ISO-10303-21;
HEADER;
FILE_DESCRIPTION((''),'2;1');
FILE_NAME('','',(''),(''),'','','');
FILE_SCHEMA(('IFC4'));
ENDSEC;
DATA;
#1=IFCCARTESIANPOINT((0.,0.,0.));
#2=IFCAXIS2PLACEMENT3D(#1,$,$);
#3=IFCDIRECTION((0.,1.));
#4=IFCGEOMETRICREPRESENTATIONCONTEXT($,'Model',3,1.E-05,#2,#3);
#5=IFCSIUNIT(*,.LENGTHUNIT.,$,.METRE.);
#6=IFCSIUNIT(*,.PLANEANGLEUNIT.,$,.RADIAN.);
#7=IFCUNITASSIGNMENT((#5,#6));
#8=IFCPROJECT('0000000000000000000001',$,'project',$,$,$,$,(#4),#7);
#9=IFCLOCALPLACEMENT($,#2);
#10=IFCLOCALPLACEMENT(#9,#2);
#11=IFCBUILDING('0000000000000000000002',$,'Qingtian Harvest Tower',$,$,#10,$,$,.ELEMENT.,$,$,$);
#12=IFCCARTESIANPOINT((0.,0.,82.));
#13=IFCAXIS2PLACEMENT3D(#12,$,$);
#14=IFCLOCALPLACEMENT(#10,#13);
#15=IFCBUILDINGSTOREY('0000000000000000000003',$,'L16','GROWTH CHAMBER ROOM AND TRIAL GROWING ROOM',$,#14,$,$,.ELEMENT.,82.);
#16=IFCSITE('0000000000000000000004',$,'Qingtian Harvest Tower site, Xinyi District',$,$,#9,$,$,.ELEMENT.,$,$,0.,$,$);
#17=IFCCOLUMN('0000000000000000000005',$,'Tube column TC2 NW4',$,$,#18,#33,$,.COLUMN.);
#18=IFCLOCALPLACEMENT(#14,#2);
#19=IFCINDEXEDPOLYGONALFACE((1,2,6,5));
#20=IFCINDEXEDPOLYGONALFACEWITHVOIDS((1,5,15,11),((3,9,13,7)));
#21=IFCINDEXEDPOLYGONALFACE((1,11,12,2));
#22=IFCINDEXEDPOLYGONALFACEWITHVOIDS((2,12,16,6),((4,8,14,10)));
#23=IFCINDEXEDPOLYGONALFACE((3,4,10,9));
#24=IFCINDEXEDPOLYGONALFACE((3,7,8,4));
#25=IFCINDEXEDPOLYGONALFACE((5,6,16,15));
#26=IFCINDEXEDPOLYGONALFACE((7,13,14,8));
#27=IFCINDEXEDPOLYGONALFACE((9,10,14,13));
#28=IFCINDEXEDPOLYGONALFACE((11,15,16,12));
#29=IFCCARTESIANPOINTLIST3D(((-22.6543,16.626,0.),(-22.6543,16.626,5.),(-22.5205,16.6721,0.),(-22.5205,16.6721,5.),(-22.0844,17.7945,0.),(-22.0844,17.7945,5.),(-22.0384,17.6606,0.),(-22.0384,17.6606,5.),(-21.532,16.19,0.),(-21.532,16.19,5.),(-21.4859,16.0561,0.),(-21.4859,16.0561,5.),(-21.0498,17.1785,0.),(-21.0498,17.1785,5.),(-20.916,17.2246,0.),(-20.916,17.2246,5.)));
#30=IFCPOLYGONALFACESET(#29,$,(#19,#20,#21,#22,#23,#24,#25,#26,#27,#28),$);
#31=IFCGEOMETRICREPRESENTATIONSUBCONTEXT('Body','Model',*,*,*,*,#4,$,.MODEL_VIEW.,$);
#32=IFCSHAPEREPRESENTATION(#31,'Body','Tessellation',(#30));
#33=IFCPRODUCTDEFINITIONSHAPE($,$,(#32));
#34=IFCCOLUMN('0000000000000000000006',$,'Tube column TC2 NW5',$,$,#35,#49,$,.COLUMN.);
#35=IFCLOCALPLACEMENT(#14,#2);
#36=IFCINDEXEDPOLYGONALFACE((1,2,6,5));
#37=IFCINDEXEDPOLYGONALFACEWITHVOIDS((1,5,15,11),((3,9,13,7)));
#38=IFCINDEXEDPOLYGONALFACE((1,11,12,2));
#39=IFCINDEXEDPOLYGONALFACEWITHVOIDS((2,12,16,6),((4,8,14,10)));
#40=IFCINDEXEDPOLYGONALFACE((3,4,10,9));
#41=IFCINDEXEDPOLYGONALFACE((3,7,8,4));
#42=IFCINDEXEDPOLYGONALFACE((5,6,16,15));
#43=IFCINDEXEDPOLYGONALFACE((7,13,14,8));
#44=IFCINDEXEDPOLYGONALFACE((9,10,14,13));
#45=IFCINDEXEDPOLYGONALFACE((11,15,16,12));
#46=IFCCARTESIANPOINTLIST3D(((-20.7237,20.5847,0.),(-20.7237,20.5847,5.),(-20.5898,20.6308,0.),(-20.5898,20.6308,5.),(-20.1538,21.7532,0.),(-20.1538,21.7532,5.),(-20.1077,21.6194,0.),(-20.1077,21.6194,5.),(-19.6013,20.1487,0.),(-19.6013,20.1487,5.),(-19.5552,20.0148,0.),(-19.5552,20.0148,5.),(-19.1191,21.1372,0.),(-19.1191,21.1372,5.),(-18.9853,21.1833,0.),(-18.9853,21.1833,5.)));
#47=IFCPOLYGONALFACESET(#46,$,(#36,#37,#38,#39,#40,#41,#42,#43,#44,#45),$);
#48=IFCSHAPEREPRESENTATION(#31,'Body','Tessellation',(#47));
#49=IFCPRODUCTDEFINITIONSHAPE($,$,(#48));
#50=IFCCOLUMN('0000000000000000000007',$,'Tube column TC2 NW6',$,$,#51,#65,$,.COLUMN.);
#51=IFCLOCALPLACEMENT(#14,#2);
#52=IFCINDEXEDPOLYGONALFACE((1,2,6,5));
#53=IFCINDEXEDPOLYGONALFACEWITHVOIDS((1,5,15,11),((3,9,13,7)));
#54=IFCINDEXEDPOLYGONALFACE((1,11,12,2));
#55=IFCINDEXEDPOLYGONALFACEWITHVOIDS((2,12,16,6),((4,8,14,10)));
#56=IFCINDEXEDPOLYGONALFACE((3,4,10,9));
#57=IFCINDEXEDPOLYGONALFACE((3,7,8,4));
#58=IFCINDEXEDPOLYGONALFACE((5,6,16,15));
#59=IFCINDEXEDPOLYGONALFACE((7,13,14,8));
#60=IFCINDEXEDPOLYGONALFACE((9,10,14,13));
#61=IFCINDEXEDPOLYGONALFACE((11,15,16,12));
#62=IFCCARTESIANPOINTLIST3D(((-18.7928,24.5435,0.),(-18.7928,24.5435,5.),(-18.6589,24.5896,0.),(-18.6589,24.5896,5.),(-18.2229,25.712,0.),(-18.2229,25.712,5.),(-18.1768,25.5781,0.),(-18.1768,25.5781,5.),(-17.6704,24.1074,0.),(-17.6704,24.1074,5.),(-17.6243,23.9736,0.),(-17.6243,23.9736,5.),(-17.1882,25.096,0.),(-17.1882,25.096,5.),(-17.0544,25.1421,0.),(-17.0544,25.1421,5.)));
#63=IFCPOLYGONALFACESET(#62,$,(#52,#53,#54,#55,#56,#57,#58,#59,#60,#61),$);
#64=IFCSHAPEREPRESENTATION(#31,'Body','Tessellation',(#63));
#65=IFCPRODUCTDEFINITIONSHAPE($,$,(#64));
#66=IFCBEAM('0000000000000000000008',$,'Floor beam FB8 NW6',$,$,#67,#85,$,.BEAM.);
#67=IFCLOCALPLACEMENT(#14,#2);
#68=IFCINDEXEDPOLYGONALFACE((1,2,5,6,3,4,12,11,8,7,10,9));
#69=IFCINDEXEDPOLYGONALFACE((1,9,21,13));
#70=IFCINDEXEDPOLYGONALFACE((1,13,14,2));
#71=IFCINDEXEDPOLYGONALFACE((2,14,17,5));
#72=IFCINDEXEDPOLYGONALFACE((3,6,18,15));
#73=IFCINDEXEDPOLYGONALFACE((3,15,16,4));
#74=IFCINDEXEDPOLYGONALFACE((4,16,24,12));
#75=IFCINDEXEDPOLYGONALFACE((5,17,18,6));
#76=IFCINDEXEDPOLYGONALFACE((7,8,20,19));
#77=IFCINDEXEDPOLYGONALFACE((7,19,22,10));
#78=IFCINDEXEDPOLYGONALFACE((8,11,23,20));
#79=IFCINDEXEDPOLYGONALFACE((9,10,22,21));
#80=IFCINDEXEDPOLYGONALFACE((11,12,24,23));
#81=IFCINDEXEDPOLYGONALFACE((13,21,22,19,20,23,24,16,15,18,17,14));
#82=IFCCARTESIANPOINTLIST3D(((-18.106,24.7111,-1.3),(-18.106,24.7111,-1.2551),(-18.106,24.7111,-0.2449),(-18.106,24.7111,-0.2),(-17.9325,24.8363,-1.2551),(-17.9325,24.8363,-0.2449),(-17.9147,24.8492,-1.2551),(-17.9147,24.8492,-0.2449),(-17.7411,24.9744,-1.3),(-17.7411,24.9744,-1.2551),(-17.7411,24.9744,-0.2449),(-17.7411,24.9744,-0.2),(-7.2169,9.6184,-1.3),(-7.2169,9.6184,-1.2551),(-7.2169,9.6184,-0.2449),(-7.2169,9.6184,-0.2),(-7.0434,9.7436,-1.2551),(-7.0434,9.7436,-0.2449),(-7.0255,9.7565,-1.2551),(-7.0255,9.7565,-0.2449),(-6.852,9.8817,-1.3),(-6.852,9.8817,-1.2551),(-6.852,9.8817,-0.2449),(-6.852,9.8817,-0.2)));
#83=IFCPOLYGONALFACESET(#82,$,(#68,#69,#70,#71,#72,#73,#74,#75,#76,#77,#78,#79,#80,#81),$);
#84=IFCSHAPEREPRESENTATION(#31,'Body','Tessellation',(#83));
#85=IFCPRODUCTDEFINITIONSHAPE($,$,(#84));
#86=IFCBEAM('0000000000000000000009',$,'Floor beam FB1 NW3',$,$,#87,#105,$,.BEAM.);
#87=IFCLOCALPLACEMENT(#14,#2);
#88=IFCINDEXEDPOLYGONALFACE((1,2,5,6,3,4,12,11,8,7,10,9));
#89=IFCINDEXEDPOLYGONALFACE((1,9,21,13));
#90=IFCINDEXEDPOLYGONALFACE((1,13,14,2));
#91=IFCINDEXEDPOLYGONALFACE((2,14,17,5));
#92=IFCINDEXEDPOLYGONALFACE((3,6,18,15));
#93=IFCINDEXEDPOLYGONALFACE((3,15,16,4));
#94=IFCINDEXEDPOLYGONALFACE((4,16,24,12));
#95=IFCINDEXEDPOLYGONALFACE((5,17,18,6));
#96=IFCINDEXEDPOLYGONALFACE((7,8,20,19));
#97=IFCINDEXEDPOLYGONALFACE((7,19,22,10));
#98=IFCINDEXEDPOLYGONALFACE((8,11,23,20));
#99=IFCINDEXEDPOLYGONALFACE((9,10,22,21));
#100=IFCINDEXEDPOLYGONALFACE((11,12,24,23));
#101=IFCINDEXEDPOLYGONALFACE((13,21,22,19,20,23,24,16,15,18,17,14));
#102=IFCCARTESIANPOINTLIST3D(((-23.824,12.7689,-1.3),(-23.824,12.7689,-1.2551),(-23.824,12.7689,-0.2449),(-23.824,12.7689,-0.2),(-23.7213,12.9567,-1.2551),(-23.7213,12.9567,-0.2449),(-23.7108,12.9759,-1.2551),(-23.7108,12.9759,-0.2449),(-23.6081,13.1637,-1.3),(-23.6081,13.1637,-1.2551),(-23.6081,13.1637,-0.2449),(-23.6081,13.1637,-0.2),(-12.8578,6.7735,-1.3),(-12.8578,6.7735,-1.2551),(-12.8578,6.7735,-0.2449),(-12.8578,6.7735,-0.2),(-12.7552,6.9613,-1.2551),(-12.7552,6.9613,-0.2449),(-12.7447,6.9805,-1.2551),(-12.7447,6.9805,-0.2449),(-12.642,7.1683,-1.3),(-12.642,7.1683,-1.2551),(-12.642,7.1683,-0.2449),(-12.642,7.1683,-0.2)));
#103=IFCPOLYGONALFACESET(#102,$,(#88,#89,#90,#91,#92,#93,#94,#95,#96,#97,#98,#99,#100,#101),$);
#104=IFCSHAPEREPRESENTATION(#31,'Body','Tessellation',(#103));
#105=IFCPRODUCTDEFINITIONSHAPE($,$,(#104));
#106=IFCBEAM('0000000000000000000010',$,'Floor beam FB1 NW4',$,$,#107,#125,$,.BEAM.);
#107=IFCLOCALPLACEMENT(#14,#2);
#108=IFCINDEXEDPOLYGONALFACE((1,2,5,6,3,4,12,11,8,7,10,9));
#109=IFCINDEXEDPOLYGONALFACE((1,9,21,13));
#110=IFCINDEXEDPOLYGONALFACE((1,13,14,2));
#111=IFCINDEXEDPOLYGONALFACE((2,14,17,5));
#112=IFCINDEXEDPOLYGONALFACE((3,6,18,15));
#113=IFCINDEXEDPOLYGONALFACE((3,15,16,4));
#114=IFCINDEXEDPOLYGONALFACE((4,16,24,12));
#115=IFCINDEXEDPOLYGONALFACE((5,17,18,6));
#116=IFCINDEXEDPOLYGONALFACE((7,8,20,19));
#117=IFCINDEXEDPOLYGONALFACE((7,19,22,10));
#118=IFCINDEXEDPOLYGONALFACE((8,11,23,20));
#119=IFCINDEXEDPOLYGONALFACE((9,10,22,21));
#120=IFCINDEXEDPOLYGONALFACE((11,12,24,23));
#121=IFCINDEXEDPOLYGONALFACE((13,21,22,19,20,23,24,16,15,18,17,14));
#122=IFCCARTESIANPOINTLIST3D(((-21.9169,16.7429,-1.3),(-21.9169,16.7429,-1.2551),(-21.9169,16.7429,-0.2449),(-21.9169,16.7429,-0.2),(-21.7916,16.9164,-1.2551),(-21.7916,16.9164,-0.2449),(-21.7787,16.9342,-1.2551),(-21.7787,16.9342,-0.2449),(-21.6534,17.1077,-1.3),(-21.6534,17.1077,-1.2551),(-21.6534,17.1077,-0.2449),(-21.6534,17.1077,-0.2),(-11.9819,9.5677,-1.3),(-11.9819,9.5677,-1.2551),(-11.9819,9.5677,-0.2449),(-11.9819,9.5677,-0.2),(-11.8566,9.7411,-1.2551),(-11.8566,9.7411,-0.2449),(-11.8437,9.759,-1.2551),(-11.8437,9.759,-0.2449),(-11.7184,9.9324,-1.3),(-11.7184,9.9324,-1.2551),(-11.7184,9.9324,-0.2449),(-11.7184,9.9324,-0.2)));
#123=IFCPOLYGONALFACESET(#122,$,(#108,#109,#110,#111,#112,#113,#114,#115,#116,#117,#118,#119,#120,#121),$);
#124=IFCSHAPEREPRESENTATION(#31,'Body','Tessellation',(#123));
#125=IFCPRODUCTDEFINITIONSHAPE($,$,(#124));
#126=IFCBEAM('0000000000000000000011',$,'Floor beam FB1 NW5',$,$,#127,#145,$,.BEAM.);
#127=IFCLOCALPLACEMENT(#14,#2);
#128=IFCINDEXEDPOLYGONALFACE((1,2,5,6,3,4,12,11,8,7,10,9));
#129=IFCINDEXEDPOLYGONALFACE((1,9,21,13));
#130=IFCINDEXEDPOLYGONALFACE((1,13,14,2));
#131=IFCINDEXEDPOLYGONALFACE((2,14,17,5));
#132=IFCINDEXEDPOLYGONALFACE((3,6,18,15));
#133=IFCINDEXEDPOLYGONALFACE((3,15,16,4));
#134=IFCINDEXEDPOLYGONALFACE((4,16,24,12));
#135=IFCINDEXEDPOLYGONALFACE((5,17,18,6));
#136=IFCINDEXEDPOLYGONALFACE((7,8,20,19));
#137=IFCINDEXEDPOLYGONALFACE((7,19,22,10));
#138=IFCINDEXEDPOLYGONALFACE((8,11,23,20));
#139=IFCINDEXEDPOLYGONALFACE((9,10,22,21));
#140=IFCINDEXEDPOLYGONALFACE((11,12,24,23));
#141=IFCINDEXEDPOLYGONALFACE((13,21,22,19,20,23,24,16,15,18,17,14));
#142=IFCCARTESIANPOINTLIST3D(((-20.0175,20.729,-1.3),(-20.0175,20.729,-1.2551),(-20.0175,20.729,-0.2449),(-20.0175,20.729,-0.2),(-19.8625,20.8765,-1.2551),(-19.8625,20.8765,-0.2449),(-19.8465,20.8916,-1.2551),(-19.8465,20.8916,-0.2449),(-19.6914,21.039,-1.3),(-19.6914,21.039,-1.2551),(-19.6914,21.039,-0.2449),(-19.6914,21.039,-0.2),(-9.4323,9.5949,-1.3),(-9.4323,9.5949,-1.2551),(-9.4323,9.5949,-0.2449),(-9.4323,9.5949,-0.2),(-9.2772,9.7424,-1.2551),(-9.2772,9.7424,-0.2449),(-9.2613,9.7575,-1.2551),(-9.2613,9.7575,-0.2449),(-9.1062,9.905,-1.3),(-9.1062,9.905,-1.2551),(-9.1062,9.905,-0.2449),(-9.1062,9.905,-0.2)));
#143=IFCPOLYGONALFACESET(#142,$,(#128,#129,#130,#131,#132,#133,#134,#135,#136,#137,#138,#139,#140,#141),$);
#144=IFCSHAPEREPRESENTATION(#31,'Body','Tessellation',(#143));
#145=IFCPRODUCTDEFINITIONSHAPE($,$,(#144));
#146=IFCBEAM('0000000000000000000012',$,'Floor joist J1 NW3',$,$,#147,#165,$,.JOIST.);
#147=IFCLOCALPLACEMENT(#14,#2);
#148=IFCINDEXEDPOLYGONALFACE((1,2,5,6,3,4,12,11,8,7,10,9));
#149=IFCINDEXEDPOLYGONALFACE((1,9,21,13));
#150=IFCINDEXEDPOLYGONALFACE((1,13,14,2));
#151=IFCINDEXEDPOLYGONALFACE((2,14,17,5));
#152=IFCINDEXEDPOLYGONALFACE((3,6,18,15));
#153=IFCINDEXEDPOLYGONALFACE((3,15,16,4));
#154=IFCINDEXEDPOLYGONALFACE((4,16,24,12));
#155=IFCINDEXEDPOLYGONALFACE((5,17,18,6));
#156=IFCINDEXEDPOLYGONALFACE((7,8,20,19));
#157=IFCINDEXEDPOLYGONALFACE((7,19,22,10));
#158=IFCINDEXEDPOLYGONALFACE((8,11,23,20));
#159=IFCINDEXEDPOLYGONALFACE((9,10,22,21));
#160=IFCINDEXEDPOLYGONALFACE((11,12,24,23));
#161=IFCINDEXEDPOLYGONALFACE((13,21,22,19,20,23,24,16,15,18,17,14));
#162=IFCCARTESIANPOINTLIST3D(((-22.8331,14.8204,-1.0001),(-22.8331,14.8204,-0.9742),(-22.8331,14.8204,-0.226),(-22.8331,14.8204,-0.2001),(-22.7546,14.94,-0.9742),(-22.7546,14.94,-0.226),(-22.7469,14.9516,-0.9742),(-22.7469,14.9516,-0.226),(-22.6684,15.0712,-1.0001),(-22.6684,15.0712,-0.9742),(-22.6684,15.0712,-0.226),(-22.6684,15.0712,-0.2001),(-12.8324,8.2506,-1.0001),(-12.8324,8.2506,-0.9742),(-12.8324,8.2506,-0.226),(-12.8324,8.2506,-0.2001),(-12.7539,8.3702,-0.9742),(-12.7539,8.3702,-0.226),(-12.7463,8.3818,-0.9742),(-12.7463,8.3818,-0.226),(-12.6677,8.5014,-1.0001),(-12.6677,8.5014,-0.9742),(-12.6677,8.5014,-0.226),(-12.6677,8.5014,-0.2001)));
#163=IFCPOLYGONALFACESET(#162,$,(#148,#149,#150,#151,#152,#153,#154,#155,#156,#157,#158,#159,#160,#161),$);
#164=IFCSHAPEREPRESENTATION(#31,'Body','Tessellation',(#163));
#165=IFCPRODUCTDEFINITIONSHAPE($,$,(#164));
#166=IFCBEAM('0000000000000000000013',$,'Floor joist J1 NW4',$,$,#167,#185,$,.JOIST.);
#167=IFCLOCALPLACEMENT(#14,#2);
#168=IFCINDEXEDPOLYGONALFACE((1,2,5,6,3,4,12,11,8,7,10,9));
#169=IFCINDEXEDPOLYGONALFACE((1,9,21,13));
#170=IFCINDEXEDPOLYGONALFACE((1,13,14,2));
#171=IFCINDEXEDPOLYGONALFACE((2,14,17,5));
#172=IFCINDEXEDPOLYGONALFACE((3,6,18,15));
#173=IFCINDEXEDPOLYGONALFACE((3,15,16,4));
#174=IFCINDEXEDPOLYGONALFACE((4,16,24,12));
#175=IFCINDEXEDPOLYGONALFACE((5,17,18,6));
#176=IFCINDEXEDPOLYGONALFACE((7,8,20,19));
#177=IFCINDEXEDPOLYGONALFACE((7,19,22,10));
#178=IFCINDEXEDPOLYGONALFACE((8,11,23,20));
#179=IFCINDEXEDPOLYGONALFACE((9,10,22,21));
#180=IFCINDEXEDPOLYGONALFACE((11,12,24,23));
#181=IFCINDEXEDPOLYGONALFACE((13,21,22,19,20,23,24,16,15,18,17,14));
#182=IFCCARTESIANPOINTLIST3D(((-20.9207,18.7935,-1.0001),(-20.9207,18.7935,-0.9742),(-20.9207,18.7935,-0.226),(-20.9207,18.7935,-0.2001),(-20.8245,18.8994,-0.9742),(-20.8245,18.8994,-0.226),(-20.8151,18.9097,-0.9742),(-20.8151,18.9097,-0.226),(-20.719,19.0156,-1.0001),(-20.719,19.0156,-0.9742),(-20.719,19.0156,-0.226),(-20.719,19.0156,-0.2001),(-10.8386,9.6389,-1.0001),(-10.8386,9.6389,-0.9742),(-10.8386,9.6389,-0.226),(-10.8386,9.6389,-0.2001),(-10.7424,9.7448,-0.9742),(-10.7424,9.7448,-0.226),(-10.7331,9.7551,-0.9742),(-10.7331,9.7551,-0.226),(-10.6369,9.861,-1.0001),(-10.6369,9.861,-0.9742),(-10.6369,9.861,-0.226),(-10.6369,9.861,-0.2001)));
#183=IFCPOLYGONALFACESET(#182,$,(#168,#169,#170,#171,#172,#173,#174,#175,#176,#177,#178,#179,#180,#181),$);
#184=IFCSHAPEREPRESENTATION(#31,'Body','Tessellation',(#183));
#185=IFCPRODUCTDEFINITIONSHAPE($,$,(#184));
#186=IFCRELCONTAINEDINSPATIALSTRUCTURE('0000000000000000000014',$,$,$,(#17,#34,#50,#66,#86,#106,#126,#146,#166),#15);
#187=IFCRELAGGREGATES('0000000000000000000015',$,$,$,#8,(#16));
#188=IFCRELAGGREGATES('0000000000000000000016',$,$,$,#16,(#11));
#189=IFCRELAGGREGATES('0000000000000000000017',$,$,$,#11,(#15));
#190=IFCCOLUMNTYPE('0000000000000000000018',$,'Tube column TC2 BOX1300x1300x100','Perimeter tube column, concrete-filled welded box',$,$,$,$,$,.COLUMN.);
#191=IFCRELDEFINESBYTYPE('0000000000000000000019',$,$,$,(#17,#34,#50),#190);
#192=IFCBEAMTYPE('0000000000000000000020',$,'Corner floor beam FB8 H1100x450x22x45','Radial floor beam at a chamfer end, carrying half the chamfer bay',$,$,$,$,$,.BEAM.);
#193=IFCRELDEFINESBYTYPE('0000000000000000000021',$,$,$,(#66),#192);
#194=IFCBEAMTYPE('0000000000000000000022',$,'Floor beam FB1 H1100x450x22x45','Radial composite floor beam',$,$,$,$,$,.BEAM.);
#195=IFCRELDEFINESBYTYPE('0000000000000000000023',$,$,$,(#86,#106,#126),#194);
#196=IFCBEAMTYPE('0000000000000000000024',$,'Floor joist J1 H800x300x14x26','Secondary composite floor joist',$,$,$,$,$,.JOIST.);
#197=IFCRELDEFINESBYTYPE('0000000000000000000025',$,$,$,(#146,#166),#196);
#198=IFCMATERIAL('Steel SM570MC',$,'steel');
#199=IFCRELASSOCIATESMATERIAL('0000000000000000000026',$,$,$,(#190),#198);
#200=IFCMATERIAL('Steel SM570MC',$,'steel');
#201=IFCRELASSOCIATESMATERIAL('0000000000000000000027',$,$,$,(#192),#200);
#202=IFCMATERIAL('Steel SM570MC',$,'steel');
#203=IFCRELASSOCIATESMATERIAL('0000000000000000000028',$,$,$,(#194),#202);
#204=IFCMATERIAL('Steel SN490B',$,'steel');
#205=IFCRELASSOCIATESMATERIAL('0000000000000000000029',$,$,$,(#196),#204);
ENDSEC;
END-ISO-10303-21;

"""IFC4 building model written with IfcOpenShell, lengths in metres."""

from ifc_helpers import new_model, si_unit, direction, frame, origin, origin_2d, place, context, subcontext, project, spatial, hollow_rectangle, i_section, extrude, material, material_profile, profile_set, type_object, element, save


model = new_model("IFC4")

# Units and contexts
model_context = context("Model", 3, precision=1e-05, world=origin(), true_north=direction((0.0, 1.0)))
body_context = subcontext(model_context, "Body", "Model", "MODEL_VIEW")
ifc_project = project(units=[si_unit("LENGTHUNIT", "METRE"), si_unit("PLANEANGLEUNIT", "RADIAN")], contexts=[model_context])

# Site, building, storey
site_placement = place(None, origin())
site = spatial("IfcSite", under=ifc_project, at=site_placement, Name="Qingtian Harvest Tower site, Xinyi District", CompositionType="ELEMENT", RefElevation=0.0)
building_placement = place(site_placement, origin())
building = spatial("IfcBuilding", under=site, at=building_placement, Name="Qingtian Harvest Tower", CompositionType="ELEMENT")
storey_placement = place(building_placement, frame((0.0, 0.0, 82.0)))
storey = spatial("IfcBuildingStorey", under=building, at=storey_placement, Name="L16", Description="GROWTH CHAMBER ROOM AND TRIAL GROWING ROOM", CompositionType="ELEMENT", Elevation=82.0)

# Columns
ifc_material_1 = material(Name="Steel SM570MC", Category="steel")
ifc_material_profile_1 = material_profile(ifc_material_1, hollow_rectangle(XDim=1.3, YDim=1.3, WallThickness=0.1001, at=origin_2d()), Name="BOX1300x1300x100")
ifc_profile_set_1 = profile_set([ifc_material_profile_1], Name="Steel SM570MC")
column_type = type_object("IfcColumnType", Name="Tube column TC2 BOX1300x1300x100", Description="Perimeter tube column, concrete-filled welded box", PredefinedType="COLUMN", material=ifc_profile_set_1)
for number, where, z_axis, x_axis, name in (
    (1, (-21.7852, 16.9253, 0.0), (0.0, 0.0, 1.0), (-0.438371, -0.898794, 0.0), "Tube column TC2 NW4"),
    (2, (-19.8545, 20.884, 0.0), (0.0, 0.0, 1.0), (-0.438371, -0.898794, 0.0), "Tube column TC2 NW5"),
    (3, (-17.9236, 24.8428, 0.0), (0.0, 0.0, 1.0), (-0.438371, -0.898794, 0.0), "Tube column TC2 NW6"),
):
    element("IfcColumn", number, at=place(storey_placement, frame(where, z_axis=z_axis, x_axis=x_axis)), inside=storey, type_object=column_type, Name=name, PredefinedType="COLUMN", context=body_context, shape_type="SweptSolid", body=[
        extrude(hollow_rectangle(XDim=1.3, YDim=1.3, WallThickness=0.1001, at=origin_2d()), origin(), (0.0, 0.0, 1.0), 5.0),
    ])

# Beams
ifc_material_2 = material(Name="Steel SM570MC", Category="steel")
ifc_material_profile_2 = material_profile(ifc_material_2, i_section(OverallWidth=0.45, OverallDepth=1.1001, WebThickness=0.022, FlangeThickness=0.0449, at=origin_2d()), Name="H1100x450x22x45")
ifc_profile_set_2 = profile_set([ifc_material_profile_2], Name="Steel SM570MC")
beam_type_1 = type_object("IfcBeamType", Name="Corner floor beam FB8 H1100x450x22x45", Description="Radial floor beam at a chamfer end, carrying half the chamfer bay", PredefinedType="BEAM", material=ifc_profile_set_2)
beam_1_placement = place(storey_placement, frame((-17.9236, 24.8428, -0.75), z_axis=(0.585096, -0.810964, 0.0), x_axis=(0.810964, 0.585096, 0.0)))
element("IfcBeam", 4, at=beam_1_placement, inside=storey, type_object=beam_type_1, Name="Floor beam FB8 NW6", PredefinedType="BEAM", context=body_context, shape_type="SweptSolid", body=[
    extrude(i_section(OverallWidth=0.45, OverallDepth=1.1001, WebThickness=0.022, FlangeThickness=0.0449, at=origin_2d()), origin(), (0.0, 0.0, 1.0), 18.6108),
])
ifc_material_3 = material(Name="Steel SM570MC", Category="steel")
ifc_material_profile_3 = material_profile(ifc_material_3, i_section(OverallWidth=0.45, OverallDepth=1.1001, WebThickness=0.022, FlangeThickness=0.0449, at=origin_2d()), Name="H1100x450x22x45")
ifc_profile_set_3 = profile_set([ifc_material_profile_3], Name="Steel SM570MC")
beam_type_2 = type_object("IfcBeamType", Name="Floor beam FB1 H1100x450x22x45", Description="Radial composite floor beam", PredefinedType="BEAM", material=ifc_profile_set_3)
beam_2_placement = place(storey_placement, frame((-23.7161, 12.9663, -0.75), z_axis=(0.877429, -0.479707, 0.0), x_axis=(0.479707, 0.877429, 0.0)))
element("IfcBeam", 5, at=beam_2_placement, inside=storey, type_object=beam_type_2, Name="Floor beam FB1 NW3", PredefinedType="BEAM", context=body_context, shape_type="SweptSolid", body=[
    extrude(i_section(OverallWidth=0.45, OverallDepth=1.1001, WebThickness=0.022, FlangeThickness=0.0449, at=origin_2d()), origin(), (0.0, 0.0, 1.0), 12.498),
])
beam_3_placement = place(storey_placement, frame((-21.7852, 16.9253, -0.75), z_axis=(0.81068, -0.585489, 0.0), x_axis=(0.585489, 0.81068, 0.0)))
element("IfcBeam", 6, at=beam_3_placement, inside=storey, type_object=beam_type_2, Name="Floor beam FB1 NW4", PredefinedType="BEAM", context=body_context, shape_type="SweptSolid", body=[
    extrude(i_section(OverallWidth=0.45, OverallDepth=1.1001, WebThickness=0.022, FlangeThickness=0.0449, at=origin_2d()), origin(), (0.0, 0.0, 1.0), 12.2551),
])
beam_4_placement = place(storey_placement, frame((-19.8545, 20.884, -0.75), z_axis=(0.689019, -0.724743, 0.0), x_axis=(0.724743, 0.689019, 0.0)))
element("IfcBeam", 7, at=beam_4_placement, inside=storey, type_object=beam_type_2, Name="Floor beam FB1 NW5", PredefinedType="BEAM", context=body_context, shape_type="SweptSolid", body=[
    extrude(i_section(OverallWidth=0.45, OverallDepth=1.1001, WebThickness=0.022, FlangeThickness=0.0449, at=origin_2d()), origin(), (0.0, 0.0, 1.0), 15.3628),
])
ifc_material_4 = material(Name="Steel SN490B", Category="steel")
ifc_material_profile_4 = material_profile(ifc_material_4, i_section(OverallWidth=0.3, OverallDepth=0.8, WebThickness=0.0139, FlangeThickness=0.0259, at=origin_2d()), Name="H800x300x14x26")
ifc_profile_set_4 = profile_set([ifc_material_profile_4], Name="Steel SN490B")
beam_type_3 = type_object("IfcBeamType", Name="Floor joist J1 H800x300x14x26", Description="Secondary composite floor joist", PredefinedType="JOIST", material=ifc_profile_set_4)
beam_5_placement = place(storey_placement, frame((-22.7507, 14.9458, -0.6001), z_axis=(0.835785, -0.549056, 0.0), x_axis=(0.549056, 0.835785, 0.0)))
element("IfcBeam", 8, at=beam_5_placement, inside=storey, type_object=beam_type_3, Name="Floor joist J1 NW3", PredefinedType="JOIST", context=body_context, shape_type="SweptSolid", body=[
    extrude(i_section(OverallWidth=0.3, OverallDepth=0.8, WebThickness=0.0139, FlangeThickness=0.0259, at=origin_2d()), origin(), (0.0, 0.0, 1.0), 11.9656),
])
beam_6_placement = place(storey_placement, frame((-20.8198, 18.9045, -0.6001), z_axis=(0.74034, -0.672233, 0.0), x_axis=(0.672233, 0.74034, 0.0)))
element("IfcBeam", 9, at=beam_6_placement, inside=storey, type_object=beam_type_3, Name="Floor joist J1 NW4", PredefinedType="JOIST", context=body_context, shape_type="SweptSolid", body=[
    extrude(i_section(OverallWidth=0.3, OverallDepth=0.8, WebThickness=0.0139, FlangeThickness=0.0259, at=origin_2d()), origin(), (0.0, 0.0, 1.0), 13.6182),
])

save(model, "model.ifc")
